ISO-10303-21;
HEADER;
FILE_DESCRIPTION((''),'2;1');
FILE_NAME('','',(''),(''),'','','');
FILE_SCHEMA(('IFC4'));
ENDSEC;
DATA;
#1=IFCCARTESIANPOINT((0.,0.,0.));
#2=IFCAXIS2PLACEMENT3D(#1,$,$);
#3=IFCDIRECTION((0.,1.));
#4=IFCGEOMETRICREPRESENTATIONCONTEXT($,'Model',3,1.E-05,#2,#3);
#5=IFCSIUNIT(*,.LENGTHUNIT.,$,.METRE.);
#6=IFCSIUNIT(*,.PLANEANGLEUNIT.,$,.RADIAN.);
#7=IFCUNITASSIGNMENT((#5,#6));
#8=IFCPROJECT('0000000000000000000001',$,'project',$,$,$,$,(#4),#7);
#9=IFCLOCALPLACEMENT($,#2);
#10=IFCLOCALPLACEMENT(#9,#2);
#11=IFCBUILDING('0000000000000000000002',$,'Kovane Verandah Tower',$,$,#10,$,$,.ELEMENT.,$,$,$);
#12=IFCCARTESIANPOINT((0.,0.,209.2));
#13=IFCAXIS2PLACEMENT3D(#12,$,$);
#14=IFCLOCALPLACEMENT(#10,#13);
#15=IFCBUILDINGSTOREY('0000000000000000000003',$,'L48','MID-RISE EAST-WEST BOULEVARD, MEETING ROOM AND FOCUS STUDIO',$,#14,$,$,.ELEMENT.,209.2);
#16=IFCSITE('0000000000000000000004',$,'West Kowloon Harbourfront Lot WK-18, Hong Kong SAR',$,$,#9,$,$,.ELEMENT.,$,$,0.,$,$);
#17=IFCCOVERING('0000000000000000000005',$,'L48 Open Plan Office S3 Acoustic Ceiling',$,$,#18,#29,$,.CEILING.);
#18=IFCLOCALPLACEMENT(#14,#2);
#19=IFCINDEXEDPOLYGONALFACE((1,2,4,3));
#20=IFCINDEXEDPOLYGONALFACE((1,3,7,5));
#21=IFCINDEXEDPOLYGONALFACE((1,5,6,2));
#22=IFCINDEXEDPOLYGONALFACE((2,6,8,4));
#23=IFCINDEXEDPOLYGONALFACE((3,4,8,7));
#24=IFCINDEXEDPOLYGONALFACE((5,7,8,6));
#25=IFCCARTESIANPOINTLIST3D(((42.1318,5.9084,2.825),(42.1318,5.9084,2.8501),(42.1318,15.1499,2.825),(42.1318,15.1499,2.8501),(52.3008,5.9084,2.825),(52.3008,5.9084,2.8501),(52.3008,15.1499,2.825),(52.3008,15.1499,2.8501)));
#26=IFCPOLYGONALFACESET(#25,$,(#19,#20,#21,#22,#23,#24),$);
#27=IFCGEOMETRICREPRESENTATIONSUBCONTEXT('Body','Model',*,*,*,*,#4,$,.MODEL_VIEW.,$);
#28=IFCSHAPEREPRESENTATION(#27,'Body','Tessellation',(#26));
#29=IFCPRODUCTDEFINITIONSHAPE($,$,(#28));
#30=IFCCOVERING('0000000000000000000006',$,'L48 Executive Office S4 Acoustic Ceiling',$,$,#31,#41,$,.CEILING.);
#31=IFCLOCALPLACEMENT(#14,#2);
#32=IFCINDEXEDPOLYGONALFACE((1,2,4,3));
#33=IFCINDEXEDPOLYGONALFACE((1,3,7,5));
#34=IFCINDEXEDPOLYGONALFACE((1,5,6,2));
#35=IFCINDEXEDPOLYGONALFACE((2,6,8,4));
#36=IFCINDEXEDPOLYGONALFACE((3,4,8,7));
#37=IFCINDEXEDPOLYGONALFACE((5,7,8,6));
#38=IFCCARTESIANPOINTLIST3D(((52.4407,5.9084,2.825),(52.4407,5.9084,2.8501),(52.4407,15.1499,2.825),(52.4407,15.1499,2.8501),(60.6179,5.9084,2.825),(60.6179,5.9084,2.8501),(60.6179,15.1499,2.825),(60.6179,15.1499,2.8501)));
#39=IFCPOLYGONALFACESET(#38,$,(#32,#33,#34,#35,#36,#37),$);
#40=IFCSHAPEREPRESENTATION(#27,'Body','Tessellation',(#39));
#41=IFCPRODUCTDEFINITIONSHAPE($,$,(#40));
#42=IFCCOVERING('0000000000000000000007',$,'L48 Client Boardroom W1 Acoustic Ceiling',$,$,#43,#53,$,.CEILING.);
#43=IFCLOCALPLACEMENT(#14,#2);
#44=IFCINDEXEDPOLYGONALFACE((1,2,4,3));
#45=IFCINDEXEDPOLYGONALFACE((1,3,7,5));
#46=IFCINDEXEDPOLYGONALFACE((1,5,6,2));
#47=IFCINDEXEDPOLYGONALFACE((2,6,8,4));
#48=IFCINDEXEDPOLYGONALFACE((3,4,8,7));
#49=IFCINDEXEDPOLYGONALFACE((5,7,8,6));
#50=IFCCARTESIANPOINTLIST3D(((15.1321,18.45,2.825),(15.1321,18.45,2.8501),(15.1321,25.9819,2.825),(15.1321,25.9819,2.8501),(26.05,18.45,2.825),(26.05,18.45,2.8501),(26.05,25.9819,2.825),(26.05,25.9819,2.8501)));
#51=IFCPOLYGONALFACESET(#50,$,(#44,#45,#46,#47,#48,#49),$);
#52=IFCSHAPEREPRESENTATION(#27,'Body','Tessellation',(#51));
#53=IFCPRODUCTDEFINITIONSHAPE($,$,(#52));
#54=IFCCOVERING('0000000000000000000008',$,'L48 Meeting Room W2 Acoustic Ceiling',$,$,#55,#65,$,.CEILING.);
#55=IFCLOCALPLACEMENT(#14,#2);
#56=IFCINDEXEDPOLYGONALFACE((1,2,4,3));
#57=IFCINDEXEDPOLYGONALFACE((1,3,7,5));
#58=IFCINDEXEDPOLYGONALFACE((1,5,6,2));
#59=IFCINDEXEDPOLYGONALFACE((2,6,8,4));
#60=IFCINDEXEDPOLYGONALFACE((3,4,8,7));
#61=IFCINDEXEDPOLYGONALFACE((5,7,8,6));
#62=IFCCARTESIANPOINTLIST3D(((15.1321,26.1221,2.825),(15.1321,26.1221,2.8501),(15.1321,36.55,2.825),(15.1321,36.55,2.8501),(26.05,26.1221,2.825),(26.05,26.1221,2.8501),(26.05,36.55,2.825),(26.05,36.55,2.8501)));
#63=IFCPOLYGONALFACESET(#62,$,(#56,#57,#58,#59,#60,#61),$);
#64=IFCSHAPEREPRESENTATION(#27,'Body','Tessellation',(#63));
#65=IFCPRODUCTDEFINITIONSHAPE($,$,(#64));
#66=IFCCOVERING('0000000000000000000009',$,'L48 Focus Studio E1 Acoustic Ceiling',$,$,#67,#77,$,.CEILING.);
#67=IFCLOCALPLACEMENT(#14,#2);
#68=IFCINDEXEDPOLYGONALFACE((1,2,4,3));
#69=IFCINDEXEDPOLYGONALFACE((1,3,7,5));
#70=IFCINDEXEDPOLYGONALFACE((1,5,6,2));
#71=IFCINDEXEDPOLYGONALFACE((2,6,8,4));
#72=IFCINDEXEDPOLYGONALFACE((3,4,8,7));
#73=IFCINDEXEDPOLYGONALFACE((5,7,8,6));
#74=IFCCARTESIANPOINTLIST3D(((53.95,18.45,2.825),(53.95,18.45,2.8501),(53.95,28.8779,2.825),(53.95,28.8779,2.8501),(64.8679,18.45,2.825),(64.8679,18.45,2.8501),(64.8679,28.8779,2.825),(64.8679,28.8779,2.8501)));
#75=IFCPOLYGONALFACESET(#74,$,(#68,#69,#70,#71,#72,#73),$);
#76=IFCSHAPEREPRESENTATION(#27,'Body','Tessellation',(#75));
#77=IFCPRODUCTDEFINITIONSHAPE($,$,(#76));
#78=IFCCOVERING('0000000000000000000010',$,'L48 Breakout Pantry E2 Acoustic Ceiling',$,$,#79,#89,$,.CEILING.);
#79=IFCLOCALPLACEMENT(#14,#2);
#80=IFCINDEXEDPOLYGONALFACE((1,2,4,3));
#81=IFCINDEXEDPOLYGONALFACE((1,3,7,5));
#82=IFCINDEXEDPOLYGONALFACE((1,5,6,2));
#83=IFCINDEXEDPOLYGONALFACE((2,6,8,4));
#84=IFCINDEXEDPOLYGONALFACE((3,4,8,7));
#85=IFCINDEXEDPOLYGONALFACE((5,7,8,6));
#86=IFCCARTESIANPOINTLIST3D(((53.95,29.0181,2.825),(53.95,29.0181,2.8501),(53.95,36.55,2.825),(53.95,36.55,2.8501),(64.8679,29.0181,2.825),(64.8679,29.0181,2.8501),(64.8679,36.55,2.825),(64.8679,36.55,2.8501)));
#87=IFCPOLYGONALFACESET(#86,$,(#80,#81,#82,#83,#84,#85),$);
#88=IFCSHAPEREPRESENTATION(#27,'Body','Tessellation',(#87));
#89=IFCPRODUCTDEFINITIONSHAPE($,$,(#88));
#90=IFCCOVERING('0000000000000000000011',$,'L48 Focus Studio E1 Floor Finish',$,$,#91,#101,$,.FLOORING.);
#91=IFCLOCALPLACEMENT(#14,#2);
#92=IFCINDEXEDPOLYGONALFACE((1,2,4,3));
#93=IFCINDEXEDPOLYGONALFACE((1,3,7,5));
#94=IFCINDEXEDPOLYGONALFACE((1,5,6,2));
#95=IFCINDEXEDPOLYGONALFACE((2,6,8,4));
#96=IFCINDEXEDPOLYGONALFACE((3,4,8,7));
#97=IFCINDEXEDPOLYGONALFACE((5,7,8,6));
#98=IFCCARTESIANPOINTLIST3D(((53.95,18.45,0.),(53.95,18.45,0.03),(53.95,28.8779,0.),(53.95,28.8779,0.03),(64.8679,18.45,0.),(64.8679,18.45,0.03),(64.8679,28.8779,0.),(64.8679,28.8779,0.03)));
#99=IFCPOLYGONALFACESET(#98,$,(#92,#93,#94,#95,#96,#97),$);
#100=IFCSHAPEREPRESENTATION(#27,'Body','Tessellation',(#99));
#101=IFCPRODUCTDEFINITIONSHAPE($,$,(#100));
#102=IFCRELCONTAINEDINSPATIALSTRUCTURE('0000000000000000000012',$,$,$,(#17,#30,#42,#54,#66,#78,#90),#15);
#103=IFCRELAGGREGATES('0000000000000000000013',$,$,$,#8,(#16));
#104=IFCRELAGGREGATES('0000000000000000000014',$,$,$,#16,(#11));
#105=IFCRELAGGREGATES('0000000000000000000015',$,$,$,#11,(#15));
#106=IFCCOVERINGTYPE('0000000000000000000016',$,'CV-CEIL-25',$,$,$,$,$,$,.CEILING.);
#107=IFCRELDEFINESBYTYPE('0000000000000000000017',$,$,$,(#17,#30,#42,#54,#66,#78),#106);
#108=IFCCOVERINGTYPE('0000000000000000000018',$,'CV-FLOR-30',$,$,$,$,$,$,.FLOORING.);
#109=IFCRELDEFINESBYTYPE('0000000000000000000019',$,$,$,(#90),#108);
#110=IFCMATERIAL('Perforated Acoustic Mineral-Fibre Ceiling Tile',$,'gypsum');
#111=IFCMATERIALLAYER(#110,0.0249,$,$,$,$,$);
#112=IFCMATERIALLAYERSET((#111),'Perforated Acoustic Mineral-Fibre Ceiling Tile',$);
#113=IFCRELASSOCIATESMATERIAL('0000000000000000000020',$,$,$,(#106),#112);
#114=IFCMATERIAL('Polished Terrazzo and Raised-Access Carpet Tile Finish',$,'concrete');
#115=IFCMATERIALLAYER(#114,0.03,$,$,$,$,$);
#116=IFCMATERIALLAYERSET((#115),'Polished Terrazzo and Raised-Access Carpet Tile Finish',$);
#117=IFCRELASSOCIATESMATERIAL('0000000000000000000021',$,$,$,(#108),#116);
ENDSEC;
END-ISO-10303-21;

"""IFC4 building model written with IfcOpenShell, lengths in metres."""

from ifc_helpers import new_model, si_unit, direction, frame, origin, place, context, subcontext, project, spatial, polyline, outline, extrude, material, layer, layer_set, type_object, element, save


model = new_model("IFC4")

# Units and contexts
model_context = context("Model", 3, precision=1e-05, world=origin(), true_north=direction((0.0, 1.0)))
body_context = subcontext(model_context, "Body", "Model", "MODEL_VIEW")
ifc_project = project(units=[si_unit("LENGTHUNIT", "METRE"), si_unit("PLANEANGLEUNIT", "RADIAN")], contexts=[model_context])

# Site, building, storey
site_placement = place(None, origin())
site = spatial("IfcSite", under=ifc_project, at=site_placement, Name="West Kowloon Harbourfront Lot WK-18, Hong Kong SAR", CompositionType="ELEMENT", RefElevation=0.0)
building_placement = place(site_placement, origin())
building = spatial("IfcBuilding", under=site, at=building_placement, Name="Kovane Verandah Tower", CompositionType="ELEMENT")
storey_placement = place(building_placement, frame((0.0, 0.0, 209.2)))
storey = spatial("IfcBuildingStorey", under=building, at=storey_placement, Name="L48", Description="MID-RISE EAST-WEST BOULEVARD, MEETING ROOM AND FOCUS STUDIO", CompositionType="ELEMENT", Elevation=209.2)

# Coverings
ifc_material_1 = material(Name="Perforated Acoustic Mineral-Fibre Ceiling Tile", Category="gypsum")
ifc_layer_1 = layer(ifc_material_1, 0.0249)
ifc_layer_set_1 = layer_set([ifc_layer_1], Name="Perforated Acoustic Mineral-Fibre Ceiling Tile")
covering_type_1 = type_object("IfcCoveringType", Name="CV-CEIL-25", PredefinedType="CEILING", material=ifc_layer_set_1)
covering_1_placement = place(storey_placement, frame((0.0, 0.0, 2.825)))
element("IfcCovering", 1, at=covering_1_placement, inside=storey, type_object=covering_type_1, Name="L48 Open Plan Office S3 Acoustic Ceiling", PredefinedType="CEILING", context=body_context, shape_type="SweptSolid", body=[
    extrude(outline(polyline([(42.1318, 5.9084), (52.3008, 5.9084), (52.3008, 15.1499), (42.1318, 15.1499), (42.1318, 5.9084)])), origin(), (0.0, 0.0, 1.0), 0.0251),
])
covering_2_placement = place(storey_placement, frame((0.0, 0.0, 2.825)))
element("IfcCovering", 2, at=covering_2_placement, inside=storey, type_object=covering_type_1, Name="L48 Executive Office S4 Acoustic Ceiling", PredefinedType="CEILING", context=body_context, shape_type="SweptSolid", body=[
    extrude(outline(polyline([(52.4407, 5.9084), (60.6179, 5.9084), (60.6179, 15.1499), (52.4407, 15.1499), (52.4407, 5.9084)])), origin(), (0.0, 0.0, 1.0), 0.0251),
])
covering_3_placement = place(storey_placement, frame((0.0, 0.0, 2.825)))
element("IfcCovering", 3, at=covering_3_placement, inside=storey, type_object=covering_type_1, Name="L48 Client Boardroom W1 Acoustic Ceiling", PredefinedType="CEILING", context=body_context, shape_type="SweptSolid", body=[
    extrude(outline(polyline([(15.1321, 18.45), (26.05, 18.45), (26.05, 25.9819), (15.1321, 25.9819), (15.1321, 18.45)])), origin(), (0.0, 0.0, 1.0), 0.0251),
])
covering_4_placement = place(storey_placement, frame((0.0, 0.0, 2.825)))
element("IfcCovering", 4, at=covering_4_placement, inside=storey, type_object=covering_type_1, Name="L48 Meeting Room W2 Acoustic Ceiling", PredefinedType="CEILING", context=body_context, shape_type="SweptSolid", body=[
    extrude(outline(polyline([(15.1321, 26.1221), (26.05, 26.1221), (26.05, 36.55), (15.1321, 36.55), (15.1321, 26.1221)])), origin(), (0.0, 0.0, 1.0), 0.0251),
])
covering_5_placement = place(storey_placement, frame((0.0, 0.0, 2.825)))
element("IfcCovering", 5, at=covering_5_placement, inside=storey, type_object=covering_type_1, Name="L48 Focus Studio E1 Acoustic Ceiling", PredefinedType="CEILING", context=body_context, shape_type="SweptSolid", body=[
    extrude(outline(polyline([(53.95, 18.45), (64.8679, 18.45), (64.8679, 28.8779), (53.95, 28.8779), (53.95, 18.45)])), origin(), (0.0, 0.0, 1.0), 0.0251),
])
covering_6_placement = place(storey_placement, frame((0.0, 0.0, 2.825)))
element("IfcCovering", 6, at=covering_6_placement, inside=storey, type_object=covering_type_1, Name="L48 Breakout Pantry E2 Acoustic Ceiling", PredefinedType="CEILING", context=body_context, shape_type="SweptSolid", body=[
    extrude(outline(polyline([(53.95, 29.0181), (64.8679, 29.0181), (64.8679, 36.55), (53.95, 36.55), (53.95, 29.0181)])), origin(), (0.0, 0.0, 1.0), 0.0251),
])
ifc_material_2 = material(Name="Polished Terrazzo and Raised-Access Carpet Tile Finish", Category="concrete")
ifc_layer_2 = layer(ifc_material_2, 0.03)
ifc_layer_set_2 = layer_set([ifc_layer_2], Name="Polished Terrazzo and Raised-Access Carpet Tile Finish")
covering_type_2 = type_object("IfcCoveringType", Name="CV-FLOR-30", PredefinedType="FLOORING", material=ifc_layer_set_2)
covering_7_placement = place(storey_placement, origin())
element("IfcCovering", 7, at=covering_7_placement, inside=storey, type_object=covering_type_2, Name="L48 Focus Studio E1 Floor Finish", PredefinedType="FLOORING", context=body_context, shape_type="SweptSolid", body=[
    extrude(outline(polyline([(53.95, 18.45), (64.8679, 18.45), (64.8679, 28.8779), (53.95, 28.8779), (53.95, 18.45)])), origin(), (0.0, 0.0, 1.0), 0.03),
])

save(model, "model.ifc")
